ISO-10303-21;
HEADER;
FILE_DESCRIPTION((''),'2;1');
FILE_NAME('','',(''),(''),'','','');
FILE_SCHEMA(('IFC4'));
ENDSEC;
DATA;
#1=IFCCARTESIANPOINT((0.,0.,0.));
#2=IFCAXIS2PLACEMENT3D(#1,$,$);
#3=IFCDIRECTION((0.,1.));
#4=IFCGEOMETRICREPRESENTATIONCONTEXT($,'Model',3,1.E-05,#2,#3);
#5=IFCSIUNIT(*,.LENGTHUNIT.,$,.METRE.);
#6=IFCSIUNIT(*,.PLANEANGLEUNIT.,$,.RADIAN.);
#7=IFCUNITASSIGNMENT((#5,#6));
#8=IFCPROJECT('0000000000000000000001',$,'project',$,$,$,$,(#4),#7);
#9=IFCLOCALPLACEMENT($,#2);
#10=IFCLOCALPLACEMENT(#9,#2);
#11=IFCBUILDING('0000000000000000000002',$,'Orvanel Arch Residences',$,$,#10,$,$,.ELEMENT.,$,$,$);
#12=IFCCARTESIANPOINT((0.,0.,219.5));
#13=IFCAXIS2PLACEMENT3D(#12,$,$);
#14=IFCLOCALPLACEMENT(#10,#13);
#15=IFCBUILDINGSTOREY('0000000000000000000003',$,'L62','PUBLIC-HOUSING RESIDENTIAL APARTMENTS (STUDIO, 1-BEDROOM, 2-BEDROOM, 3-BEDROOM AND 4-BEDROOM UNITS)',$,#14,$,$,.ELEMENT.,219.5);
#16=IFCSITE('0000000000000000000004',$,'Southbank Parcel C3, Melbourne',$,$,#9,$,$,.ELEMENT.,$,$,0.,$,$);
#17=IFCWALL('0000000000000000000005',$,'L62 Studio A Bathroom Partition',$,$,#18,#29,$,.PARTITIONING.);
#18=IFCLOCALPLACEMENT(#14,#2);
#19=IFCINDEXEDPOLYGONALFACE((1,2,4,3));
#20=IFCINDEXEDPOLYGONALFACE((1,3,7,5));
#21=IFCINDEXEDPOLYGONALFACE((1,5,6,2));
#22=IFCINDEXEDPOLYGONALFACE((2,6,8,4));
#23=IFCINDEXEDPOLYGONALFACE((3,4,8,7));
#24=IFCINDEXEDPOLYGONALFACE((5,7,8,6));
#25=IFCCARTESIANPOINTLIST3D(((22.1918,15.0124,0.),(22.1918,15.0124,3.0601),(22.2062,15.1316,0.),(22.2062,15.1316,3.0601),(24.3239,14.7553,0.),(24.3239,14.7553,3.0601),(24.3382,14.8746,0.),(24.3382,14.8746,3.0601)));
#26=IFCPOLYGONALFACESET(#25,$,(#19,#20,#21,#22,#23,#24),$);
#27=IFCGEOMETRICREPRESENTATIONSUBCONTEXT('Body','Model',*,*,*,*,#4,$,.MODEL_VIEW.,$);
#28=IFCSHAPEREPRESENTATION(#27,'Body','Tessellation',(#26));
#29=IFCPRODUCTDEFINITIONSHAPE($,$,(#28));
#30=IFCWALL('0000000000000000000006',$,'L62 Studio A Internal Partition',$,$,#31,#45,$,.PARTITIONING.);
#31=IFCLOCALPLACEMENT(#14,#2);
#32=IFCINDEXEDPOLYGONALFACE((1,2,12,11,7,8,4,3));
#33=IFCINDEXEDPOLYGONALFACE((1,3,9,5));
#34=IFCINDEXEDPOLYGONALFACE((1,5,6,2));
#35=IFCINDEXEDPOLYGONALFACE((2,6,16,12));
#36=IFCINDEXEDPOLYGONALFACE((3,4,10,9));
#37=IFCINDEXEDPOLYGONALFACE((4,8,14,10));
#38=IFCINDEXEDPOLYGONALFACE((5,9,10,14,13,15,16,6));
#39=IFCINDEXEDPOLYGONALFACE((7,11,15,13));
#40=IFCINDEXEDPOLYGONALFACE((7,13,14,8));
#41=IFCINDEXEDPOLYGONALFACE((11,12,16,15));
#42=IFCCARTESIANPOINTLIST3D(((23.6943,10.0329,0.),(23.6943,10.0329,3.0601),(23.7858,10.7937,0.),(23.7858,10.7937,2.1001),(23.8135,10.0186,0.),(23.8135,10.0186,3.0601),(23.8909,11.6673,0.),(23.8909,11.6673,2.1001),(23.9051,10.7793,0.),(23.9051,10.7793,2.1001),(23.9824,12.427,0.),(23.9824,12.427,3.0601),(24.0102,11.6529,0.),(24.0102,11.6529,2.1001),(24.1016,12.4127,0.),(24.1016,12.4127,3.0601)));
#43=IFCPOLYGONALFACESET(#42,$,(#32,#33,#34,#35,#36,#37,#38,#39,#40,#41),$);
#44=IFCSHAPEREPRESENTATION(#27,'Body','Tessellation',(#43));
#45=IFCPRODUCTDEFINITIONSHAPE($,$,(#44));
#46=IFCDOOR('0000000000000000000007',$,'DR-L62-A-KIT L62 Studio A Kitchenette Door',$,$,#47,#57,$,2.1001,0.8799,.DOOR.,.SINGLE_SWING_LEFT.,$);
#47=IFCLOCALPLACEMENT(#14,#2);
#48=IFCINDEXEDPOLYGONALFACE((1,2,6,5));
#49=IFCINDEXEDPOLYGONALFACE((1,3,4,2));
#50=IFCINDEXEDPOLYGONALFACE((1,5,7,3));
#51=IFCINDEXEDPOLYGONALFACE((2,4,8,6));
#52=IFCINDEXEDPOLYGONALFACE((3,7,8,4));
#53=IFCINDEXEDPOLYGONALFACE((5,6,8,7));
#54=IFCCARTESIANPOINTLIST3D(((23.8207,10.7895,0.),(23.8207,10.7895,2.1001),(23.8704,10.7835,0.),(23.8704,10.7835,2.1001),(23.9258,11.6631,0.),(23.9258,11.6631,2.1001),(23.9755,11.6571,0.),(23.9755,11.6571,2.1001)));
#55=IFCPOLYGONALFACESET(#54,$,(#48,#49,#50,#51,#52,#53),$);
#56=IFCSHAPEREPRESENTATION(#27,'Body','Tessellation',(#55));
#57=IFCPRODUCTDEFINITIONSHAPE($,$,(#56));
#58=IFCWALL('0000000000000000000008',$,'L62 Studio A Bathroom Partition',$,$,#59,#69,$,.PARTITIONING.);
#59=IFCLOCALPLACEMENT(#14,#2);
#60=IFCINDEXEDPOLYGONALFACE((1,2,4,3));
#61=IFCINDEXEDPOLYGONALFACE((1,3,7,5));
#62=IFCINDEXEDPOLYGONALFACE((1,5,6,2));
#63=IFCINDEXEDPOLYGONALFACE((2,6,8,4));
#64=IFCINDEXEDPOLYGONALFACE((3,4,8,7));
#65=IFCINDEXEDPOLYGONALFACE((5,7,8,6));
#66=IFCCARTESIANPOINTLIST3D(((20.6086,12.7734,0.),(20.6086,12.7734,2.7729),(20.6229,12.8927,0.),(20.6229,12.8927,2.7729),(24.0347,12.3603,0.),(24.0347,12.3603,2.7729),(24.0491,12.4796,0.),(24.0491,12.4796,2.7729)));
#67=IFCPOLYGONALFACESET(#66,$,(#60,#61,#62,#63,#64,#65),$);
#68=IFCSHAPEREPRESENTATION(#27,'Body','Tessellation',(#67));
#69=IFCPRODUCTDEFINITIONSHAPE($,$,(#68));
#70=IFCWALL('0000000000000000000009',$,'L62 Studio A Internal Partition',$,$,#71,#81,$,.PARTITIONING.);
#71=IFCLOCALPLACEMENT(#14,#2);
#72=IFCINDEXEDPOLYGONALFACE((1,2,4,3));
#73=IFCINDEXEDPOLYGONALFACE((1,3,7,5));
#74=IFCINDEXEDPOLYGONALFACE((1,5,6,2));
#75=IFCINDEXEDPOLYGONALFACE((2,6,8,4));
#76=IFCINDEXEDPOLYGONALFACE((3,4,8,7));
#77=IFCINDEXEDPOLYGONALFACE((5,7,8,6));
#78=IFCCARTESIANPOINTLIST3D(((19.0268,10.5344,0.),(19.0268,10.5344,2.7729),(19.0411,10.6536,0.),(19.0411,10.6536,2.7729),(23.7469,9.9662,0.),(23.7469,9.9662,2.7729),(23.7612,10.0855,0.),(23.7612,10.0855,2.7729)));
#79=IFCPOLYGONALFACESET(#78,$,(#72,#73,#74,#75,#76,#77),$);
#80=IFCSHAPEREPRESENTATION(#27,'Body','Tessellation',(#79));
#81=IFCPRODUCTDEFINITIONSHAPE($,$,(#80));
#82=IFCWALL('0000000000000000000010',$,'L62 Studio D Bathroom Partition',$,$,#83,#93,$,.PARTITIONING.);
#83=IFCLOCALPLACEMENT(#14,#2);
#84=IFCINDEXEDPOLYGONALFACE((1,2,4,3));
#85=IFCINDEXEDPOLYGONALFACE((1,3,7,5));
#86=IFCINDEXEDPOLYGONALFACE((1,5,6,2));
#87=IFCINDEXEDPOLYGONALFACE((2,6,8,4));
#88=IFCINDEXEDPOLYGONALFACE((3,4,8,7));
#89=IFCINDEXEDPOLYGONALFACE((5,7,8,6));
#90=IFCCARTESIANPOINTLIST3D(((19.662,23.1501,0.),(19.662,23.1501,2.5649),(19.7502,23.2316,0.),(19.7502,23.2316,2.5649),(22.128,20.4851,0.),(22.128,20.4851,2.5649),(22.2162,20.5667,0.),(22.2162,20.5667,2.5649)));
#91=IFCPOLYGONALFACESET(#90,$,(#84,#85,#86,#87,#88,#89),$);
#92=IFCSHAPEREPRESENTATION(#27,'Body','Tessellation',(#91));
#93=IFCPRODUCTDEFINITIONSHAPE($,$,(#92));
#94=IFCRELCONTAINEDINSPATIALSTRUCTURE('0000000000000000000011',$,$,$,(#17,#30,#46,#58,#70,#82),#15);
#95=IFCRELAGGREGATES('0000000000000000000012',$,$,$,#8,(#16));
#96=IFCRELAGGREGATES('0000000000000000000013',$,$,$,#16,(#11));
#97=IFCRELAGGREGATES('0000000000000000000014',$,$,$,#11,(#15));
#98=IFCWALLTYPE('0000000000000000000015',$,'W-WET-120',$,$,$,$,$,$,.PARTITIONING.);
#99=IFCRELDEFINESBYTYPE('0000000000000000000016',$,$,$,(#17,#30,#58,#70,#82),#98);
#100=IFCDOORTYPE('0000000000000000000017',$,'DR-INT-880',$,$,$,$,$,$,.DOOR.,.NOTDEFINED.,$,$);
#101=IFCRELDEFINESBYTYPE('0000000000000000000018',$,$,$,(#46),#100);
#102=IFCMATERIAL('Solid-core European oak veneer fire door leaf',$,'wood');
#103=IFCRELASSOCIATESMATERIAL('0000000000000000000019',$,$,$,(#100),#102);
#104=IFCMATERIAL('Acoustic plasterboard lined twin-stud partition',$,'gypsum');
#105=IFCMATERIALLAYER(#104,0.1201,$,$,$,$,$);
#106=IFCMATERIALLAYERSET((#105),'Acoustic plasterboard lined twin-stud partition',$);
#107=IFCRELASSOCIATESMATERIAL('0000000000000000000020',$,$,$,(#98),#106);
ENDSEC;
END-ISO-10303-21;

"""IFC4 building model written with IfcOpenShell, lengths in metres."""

from ifc_helpers import new_model, si_unit, direction, frame, frame_2d, origin, place, context, subcontext, project, spatial, rectangle, extrude, material, layer, layer_set, type_object, element, fill, save


model = new_model("IFC4")

# Units and contexts
model_context = context("Model", 3, precision=1e-05, world=origin(), true_north=direction((0.0, 1.0)))
body_context = subcontext(model_context, "Body", "Model", "MODEL_VIEW")
ifc_project = project(units=[si_unit("LENGTHUNIT", "METRE"), si_unit("PLANEANGLEUNIT", "RADIAN")], contexts=[model_context])

# Site, building, storey
site_placement = place(None, origin())
site = spatial("IfcSite", under=ifc_project, at=site_placement, Name="Southbank Parcel C3, Melbourne", CompositionType="ELEMENT", RefElevation=0.0)
building_placement = place(site_placement, origin())
building = spatial("IfcBuilding", under=site, at=building_placement, Name="Orvanel Arch Residences", CompositionType="ELEMENT")
storey_placement = place(building_placement, frame((0.0, 0.0, 219.5)))
storey = spatial("IfcBuildingStorey", under=building, at=storey_placement, Name="L62", Description="PUBLIC-HOUSING RESIDENTIAL APARTMENTS (STUDIO, 1-BEDROOM, 2-BEDROOM, 3-BEDROOM AND 4-BEDROOM UNITS)", CompositionType="ELEMENT", Elevation=219.5)

# Shared definitions
ifc_material_1 = material(Name="Acoustic plasterboard lined twin-stud partition", Category="gypsum")
ifc_material_2 = material(Name="Solid-core European oak veneer fire door leaf", Category="wood")
door_type_1 = type_object("IfcDoorType", Name="DR-INT-880", OperationType="NOTDEFINED", PredefinedType="DOOR", material=ifc_material_2)
ifc_layer_1 = layer(ifc_material_1, 0.1201)
ifc_layer_set_1 = layer_set([ifc_layer_1], Name="Acoustic plasterboard lined twin-stud partition")
wall_type_1 = type_object("IfcWallType", Name="W-WET-120", PredefinedType="PARTITIONING", material=ifc_layer_set_1)

# Wall
wall_1_placement = place(storey_placement, frame((24.3311, 14.8149, 0.0), z_axis=(0.0, 0.0, 1.0), x_axis=(-0.992809, 0.11971, 0.0)))
element("IfcWall", 1, at=wall_1_placement, inside=storey, type_object=wall_type_1, Name="L62 Studio A Bathroom Partition", PredefinedType="PARTITIONING", context=body_context, shape_type="SweptSolid", body=[
    extrude(rectangle(XDim=2.1475, YDim=0.1201, at=frame_2d((1.0737, 0.0))), origin(), (0.0, 0.0, 1.0), 3.0601),
])

# Wall, opening, door
wall_2_placement = place(storey_placement, frame((23.7539, 10.0259, 0.0), z_axis=(0.0, 0.0, 1.0), x_axis=(0.119473, 0.992837, 0.0)))
wall_2 = element("IfcWall", 2, at=wall_2_placement, inside=storey, type_object=wall_type_1, Name="L62 Studio A Internal Partition", PredefinedType="PARTITIONING", context=body_context, shape_type="SweptSolid", body=[
    extrude(rectangle(XDim=2.4114, YDim=0.1201, at=frame_2d((1.2056, 0.0))), origin(), (0.0, 0.0, 1.0), 3.0601),
])
opening_1_placement = place(wall_2_placement, frame((0.7661, 0.0, 0.0)))
opening_1 = element("IfcOpeningElement", 3, at=opening_1_placement, cuts=wall_2, PredefinedType="OPENING", context=body_context, shape_type="SweptSolid", body=[
    extrude(rectangle(XDim=0.8799, YDim=2.1001, at=frame_2d((0.4399, 1.05))), frame((0.0, 0.0701, 0.0), z_axis=(0.0, -1.0, 0.0), x_axis=(1.0, 0.0, 0.0)), (0.0, 0.0, 1.0), 0.1401),
])
door_1_placement = place(opening_1_placement, origin())
door_1 = element("IfcDoor", 4, at=door_1_placement, inside=storey, type_object=door_type_1, Name="DR-L62-A-KIT L62 Studio A Kitchenette Door", OperationType="SINGLE_SWING_LEFT", OverallHeight=2.1001, OverallWidth=0.8799, PredefinedType="DOOR", context=body_context, shape_type="SweptSolid", body=[
    extrude(rectangle(XDim=0.8799, YDim=2.1001, at=frame_2d((0.4399, 1.05))), frame((0.0, 0.0249, 0.0), z_axis=(0.0, -1.0, 0.0), x_axis=(1.0, 0.0, 0.0)), (0.0, 0.0, 1.0), 0.05),
])
fill(opening_1, door_1)

# Walls
wall_3_placement = place(storey_placement, frame((24.042, 12.4199, 0.0), z_axis=(0.0, 0.0, 1.0), x_axis=(-0.992809, 0.119706, 0.0)))
element("IfcWall", 5, at=wall_3_placement, inside=storey, type_object=wall_type_1, Name="L62 Studio A Bathroom Partition", PredefinedType="PARTITIONING", context=body_context, shape_type="SweptSolid", body=[
    extrude(rectangle(XDim=3.4509, YDim=0.1201, at=frame_2d((1.7256, 0.0))), origin(), (0.0, 0.0, 1.0), 2.7729),
])
wall_4_placement = place(storey_placement, frame((23.7539, 10.0259, 0.0), z_axis=(0.0, 0.0, 1.0), x_axis=(-0.992834, 0.119502, 0.0)))
element("IfcWall", 6, at=wall_4_placement, inside=storey, type_object=wall_type_1, Name="L62 Studio A Internal Partition", PredefinedType="PARTITIONING", context=body_context, shape_type="SweptSolid", body=[
    extrude(rectangle(XDim=4.7542, YDim=0.1201, at=frame_2d((2.377, 0.0))), origin(), (0.0, 0.0, 1.0), 2.7729),
])
wall_5_placement = place(storey_placement, frame((22.1721, 20.5259, 0.0), z_axis=(0.0, 0.0, 1.0), x_axis=(-0.679176, 0.733975, 0.0)))
element("IfcWall", 7, at=wall_5_placement, inside=storey, type_object=wall_type_1, Name="L62 Studio D Bathroom Partition", PredefinedType="PARTITIONING", context=body_context, shape_type="SweptSolid", body=[
    extrude(rectangle(XDim=3.6309, YDim=0.1201, at=frame_2d((1.8154, 0.0))), origin(), (0.0, 0.0, 1.0), 2.5649),
])

save(model, "model.ifc")
